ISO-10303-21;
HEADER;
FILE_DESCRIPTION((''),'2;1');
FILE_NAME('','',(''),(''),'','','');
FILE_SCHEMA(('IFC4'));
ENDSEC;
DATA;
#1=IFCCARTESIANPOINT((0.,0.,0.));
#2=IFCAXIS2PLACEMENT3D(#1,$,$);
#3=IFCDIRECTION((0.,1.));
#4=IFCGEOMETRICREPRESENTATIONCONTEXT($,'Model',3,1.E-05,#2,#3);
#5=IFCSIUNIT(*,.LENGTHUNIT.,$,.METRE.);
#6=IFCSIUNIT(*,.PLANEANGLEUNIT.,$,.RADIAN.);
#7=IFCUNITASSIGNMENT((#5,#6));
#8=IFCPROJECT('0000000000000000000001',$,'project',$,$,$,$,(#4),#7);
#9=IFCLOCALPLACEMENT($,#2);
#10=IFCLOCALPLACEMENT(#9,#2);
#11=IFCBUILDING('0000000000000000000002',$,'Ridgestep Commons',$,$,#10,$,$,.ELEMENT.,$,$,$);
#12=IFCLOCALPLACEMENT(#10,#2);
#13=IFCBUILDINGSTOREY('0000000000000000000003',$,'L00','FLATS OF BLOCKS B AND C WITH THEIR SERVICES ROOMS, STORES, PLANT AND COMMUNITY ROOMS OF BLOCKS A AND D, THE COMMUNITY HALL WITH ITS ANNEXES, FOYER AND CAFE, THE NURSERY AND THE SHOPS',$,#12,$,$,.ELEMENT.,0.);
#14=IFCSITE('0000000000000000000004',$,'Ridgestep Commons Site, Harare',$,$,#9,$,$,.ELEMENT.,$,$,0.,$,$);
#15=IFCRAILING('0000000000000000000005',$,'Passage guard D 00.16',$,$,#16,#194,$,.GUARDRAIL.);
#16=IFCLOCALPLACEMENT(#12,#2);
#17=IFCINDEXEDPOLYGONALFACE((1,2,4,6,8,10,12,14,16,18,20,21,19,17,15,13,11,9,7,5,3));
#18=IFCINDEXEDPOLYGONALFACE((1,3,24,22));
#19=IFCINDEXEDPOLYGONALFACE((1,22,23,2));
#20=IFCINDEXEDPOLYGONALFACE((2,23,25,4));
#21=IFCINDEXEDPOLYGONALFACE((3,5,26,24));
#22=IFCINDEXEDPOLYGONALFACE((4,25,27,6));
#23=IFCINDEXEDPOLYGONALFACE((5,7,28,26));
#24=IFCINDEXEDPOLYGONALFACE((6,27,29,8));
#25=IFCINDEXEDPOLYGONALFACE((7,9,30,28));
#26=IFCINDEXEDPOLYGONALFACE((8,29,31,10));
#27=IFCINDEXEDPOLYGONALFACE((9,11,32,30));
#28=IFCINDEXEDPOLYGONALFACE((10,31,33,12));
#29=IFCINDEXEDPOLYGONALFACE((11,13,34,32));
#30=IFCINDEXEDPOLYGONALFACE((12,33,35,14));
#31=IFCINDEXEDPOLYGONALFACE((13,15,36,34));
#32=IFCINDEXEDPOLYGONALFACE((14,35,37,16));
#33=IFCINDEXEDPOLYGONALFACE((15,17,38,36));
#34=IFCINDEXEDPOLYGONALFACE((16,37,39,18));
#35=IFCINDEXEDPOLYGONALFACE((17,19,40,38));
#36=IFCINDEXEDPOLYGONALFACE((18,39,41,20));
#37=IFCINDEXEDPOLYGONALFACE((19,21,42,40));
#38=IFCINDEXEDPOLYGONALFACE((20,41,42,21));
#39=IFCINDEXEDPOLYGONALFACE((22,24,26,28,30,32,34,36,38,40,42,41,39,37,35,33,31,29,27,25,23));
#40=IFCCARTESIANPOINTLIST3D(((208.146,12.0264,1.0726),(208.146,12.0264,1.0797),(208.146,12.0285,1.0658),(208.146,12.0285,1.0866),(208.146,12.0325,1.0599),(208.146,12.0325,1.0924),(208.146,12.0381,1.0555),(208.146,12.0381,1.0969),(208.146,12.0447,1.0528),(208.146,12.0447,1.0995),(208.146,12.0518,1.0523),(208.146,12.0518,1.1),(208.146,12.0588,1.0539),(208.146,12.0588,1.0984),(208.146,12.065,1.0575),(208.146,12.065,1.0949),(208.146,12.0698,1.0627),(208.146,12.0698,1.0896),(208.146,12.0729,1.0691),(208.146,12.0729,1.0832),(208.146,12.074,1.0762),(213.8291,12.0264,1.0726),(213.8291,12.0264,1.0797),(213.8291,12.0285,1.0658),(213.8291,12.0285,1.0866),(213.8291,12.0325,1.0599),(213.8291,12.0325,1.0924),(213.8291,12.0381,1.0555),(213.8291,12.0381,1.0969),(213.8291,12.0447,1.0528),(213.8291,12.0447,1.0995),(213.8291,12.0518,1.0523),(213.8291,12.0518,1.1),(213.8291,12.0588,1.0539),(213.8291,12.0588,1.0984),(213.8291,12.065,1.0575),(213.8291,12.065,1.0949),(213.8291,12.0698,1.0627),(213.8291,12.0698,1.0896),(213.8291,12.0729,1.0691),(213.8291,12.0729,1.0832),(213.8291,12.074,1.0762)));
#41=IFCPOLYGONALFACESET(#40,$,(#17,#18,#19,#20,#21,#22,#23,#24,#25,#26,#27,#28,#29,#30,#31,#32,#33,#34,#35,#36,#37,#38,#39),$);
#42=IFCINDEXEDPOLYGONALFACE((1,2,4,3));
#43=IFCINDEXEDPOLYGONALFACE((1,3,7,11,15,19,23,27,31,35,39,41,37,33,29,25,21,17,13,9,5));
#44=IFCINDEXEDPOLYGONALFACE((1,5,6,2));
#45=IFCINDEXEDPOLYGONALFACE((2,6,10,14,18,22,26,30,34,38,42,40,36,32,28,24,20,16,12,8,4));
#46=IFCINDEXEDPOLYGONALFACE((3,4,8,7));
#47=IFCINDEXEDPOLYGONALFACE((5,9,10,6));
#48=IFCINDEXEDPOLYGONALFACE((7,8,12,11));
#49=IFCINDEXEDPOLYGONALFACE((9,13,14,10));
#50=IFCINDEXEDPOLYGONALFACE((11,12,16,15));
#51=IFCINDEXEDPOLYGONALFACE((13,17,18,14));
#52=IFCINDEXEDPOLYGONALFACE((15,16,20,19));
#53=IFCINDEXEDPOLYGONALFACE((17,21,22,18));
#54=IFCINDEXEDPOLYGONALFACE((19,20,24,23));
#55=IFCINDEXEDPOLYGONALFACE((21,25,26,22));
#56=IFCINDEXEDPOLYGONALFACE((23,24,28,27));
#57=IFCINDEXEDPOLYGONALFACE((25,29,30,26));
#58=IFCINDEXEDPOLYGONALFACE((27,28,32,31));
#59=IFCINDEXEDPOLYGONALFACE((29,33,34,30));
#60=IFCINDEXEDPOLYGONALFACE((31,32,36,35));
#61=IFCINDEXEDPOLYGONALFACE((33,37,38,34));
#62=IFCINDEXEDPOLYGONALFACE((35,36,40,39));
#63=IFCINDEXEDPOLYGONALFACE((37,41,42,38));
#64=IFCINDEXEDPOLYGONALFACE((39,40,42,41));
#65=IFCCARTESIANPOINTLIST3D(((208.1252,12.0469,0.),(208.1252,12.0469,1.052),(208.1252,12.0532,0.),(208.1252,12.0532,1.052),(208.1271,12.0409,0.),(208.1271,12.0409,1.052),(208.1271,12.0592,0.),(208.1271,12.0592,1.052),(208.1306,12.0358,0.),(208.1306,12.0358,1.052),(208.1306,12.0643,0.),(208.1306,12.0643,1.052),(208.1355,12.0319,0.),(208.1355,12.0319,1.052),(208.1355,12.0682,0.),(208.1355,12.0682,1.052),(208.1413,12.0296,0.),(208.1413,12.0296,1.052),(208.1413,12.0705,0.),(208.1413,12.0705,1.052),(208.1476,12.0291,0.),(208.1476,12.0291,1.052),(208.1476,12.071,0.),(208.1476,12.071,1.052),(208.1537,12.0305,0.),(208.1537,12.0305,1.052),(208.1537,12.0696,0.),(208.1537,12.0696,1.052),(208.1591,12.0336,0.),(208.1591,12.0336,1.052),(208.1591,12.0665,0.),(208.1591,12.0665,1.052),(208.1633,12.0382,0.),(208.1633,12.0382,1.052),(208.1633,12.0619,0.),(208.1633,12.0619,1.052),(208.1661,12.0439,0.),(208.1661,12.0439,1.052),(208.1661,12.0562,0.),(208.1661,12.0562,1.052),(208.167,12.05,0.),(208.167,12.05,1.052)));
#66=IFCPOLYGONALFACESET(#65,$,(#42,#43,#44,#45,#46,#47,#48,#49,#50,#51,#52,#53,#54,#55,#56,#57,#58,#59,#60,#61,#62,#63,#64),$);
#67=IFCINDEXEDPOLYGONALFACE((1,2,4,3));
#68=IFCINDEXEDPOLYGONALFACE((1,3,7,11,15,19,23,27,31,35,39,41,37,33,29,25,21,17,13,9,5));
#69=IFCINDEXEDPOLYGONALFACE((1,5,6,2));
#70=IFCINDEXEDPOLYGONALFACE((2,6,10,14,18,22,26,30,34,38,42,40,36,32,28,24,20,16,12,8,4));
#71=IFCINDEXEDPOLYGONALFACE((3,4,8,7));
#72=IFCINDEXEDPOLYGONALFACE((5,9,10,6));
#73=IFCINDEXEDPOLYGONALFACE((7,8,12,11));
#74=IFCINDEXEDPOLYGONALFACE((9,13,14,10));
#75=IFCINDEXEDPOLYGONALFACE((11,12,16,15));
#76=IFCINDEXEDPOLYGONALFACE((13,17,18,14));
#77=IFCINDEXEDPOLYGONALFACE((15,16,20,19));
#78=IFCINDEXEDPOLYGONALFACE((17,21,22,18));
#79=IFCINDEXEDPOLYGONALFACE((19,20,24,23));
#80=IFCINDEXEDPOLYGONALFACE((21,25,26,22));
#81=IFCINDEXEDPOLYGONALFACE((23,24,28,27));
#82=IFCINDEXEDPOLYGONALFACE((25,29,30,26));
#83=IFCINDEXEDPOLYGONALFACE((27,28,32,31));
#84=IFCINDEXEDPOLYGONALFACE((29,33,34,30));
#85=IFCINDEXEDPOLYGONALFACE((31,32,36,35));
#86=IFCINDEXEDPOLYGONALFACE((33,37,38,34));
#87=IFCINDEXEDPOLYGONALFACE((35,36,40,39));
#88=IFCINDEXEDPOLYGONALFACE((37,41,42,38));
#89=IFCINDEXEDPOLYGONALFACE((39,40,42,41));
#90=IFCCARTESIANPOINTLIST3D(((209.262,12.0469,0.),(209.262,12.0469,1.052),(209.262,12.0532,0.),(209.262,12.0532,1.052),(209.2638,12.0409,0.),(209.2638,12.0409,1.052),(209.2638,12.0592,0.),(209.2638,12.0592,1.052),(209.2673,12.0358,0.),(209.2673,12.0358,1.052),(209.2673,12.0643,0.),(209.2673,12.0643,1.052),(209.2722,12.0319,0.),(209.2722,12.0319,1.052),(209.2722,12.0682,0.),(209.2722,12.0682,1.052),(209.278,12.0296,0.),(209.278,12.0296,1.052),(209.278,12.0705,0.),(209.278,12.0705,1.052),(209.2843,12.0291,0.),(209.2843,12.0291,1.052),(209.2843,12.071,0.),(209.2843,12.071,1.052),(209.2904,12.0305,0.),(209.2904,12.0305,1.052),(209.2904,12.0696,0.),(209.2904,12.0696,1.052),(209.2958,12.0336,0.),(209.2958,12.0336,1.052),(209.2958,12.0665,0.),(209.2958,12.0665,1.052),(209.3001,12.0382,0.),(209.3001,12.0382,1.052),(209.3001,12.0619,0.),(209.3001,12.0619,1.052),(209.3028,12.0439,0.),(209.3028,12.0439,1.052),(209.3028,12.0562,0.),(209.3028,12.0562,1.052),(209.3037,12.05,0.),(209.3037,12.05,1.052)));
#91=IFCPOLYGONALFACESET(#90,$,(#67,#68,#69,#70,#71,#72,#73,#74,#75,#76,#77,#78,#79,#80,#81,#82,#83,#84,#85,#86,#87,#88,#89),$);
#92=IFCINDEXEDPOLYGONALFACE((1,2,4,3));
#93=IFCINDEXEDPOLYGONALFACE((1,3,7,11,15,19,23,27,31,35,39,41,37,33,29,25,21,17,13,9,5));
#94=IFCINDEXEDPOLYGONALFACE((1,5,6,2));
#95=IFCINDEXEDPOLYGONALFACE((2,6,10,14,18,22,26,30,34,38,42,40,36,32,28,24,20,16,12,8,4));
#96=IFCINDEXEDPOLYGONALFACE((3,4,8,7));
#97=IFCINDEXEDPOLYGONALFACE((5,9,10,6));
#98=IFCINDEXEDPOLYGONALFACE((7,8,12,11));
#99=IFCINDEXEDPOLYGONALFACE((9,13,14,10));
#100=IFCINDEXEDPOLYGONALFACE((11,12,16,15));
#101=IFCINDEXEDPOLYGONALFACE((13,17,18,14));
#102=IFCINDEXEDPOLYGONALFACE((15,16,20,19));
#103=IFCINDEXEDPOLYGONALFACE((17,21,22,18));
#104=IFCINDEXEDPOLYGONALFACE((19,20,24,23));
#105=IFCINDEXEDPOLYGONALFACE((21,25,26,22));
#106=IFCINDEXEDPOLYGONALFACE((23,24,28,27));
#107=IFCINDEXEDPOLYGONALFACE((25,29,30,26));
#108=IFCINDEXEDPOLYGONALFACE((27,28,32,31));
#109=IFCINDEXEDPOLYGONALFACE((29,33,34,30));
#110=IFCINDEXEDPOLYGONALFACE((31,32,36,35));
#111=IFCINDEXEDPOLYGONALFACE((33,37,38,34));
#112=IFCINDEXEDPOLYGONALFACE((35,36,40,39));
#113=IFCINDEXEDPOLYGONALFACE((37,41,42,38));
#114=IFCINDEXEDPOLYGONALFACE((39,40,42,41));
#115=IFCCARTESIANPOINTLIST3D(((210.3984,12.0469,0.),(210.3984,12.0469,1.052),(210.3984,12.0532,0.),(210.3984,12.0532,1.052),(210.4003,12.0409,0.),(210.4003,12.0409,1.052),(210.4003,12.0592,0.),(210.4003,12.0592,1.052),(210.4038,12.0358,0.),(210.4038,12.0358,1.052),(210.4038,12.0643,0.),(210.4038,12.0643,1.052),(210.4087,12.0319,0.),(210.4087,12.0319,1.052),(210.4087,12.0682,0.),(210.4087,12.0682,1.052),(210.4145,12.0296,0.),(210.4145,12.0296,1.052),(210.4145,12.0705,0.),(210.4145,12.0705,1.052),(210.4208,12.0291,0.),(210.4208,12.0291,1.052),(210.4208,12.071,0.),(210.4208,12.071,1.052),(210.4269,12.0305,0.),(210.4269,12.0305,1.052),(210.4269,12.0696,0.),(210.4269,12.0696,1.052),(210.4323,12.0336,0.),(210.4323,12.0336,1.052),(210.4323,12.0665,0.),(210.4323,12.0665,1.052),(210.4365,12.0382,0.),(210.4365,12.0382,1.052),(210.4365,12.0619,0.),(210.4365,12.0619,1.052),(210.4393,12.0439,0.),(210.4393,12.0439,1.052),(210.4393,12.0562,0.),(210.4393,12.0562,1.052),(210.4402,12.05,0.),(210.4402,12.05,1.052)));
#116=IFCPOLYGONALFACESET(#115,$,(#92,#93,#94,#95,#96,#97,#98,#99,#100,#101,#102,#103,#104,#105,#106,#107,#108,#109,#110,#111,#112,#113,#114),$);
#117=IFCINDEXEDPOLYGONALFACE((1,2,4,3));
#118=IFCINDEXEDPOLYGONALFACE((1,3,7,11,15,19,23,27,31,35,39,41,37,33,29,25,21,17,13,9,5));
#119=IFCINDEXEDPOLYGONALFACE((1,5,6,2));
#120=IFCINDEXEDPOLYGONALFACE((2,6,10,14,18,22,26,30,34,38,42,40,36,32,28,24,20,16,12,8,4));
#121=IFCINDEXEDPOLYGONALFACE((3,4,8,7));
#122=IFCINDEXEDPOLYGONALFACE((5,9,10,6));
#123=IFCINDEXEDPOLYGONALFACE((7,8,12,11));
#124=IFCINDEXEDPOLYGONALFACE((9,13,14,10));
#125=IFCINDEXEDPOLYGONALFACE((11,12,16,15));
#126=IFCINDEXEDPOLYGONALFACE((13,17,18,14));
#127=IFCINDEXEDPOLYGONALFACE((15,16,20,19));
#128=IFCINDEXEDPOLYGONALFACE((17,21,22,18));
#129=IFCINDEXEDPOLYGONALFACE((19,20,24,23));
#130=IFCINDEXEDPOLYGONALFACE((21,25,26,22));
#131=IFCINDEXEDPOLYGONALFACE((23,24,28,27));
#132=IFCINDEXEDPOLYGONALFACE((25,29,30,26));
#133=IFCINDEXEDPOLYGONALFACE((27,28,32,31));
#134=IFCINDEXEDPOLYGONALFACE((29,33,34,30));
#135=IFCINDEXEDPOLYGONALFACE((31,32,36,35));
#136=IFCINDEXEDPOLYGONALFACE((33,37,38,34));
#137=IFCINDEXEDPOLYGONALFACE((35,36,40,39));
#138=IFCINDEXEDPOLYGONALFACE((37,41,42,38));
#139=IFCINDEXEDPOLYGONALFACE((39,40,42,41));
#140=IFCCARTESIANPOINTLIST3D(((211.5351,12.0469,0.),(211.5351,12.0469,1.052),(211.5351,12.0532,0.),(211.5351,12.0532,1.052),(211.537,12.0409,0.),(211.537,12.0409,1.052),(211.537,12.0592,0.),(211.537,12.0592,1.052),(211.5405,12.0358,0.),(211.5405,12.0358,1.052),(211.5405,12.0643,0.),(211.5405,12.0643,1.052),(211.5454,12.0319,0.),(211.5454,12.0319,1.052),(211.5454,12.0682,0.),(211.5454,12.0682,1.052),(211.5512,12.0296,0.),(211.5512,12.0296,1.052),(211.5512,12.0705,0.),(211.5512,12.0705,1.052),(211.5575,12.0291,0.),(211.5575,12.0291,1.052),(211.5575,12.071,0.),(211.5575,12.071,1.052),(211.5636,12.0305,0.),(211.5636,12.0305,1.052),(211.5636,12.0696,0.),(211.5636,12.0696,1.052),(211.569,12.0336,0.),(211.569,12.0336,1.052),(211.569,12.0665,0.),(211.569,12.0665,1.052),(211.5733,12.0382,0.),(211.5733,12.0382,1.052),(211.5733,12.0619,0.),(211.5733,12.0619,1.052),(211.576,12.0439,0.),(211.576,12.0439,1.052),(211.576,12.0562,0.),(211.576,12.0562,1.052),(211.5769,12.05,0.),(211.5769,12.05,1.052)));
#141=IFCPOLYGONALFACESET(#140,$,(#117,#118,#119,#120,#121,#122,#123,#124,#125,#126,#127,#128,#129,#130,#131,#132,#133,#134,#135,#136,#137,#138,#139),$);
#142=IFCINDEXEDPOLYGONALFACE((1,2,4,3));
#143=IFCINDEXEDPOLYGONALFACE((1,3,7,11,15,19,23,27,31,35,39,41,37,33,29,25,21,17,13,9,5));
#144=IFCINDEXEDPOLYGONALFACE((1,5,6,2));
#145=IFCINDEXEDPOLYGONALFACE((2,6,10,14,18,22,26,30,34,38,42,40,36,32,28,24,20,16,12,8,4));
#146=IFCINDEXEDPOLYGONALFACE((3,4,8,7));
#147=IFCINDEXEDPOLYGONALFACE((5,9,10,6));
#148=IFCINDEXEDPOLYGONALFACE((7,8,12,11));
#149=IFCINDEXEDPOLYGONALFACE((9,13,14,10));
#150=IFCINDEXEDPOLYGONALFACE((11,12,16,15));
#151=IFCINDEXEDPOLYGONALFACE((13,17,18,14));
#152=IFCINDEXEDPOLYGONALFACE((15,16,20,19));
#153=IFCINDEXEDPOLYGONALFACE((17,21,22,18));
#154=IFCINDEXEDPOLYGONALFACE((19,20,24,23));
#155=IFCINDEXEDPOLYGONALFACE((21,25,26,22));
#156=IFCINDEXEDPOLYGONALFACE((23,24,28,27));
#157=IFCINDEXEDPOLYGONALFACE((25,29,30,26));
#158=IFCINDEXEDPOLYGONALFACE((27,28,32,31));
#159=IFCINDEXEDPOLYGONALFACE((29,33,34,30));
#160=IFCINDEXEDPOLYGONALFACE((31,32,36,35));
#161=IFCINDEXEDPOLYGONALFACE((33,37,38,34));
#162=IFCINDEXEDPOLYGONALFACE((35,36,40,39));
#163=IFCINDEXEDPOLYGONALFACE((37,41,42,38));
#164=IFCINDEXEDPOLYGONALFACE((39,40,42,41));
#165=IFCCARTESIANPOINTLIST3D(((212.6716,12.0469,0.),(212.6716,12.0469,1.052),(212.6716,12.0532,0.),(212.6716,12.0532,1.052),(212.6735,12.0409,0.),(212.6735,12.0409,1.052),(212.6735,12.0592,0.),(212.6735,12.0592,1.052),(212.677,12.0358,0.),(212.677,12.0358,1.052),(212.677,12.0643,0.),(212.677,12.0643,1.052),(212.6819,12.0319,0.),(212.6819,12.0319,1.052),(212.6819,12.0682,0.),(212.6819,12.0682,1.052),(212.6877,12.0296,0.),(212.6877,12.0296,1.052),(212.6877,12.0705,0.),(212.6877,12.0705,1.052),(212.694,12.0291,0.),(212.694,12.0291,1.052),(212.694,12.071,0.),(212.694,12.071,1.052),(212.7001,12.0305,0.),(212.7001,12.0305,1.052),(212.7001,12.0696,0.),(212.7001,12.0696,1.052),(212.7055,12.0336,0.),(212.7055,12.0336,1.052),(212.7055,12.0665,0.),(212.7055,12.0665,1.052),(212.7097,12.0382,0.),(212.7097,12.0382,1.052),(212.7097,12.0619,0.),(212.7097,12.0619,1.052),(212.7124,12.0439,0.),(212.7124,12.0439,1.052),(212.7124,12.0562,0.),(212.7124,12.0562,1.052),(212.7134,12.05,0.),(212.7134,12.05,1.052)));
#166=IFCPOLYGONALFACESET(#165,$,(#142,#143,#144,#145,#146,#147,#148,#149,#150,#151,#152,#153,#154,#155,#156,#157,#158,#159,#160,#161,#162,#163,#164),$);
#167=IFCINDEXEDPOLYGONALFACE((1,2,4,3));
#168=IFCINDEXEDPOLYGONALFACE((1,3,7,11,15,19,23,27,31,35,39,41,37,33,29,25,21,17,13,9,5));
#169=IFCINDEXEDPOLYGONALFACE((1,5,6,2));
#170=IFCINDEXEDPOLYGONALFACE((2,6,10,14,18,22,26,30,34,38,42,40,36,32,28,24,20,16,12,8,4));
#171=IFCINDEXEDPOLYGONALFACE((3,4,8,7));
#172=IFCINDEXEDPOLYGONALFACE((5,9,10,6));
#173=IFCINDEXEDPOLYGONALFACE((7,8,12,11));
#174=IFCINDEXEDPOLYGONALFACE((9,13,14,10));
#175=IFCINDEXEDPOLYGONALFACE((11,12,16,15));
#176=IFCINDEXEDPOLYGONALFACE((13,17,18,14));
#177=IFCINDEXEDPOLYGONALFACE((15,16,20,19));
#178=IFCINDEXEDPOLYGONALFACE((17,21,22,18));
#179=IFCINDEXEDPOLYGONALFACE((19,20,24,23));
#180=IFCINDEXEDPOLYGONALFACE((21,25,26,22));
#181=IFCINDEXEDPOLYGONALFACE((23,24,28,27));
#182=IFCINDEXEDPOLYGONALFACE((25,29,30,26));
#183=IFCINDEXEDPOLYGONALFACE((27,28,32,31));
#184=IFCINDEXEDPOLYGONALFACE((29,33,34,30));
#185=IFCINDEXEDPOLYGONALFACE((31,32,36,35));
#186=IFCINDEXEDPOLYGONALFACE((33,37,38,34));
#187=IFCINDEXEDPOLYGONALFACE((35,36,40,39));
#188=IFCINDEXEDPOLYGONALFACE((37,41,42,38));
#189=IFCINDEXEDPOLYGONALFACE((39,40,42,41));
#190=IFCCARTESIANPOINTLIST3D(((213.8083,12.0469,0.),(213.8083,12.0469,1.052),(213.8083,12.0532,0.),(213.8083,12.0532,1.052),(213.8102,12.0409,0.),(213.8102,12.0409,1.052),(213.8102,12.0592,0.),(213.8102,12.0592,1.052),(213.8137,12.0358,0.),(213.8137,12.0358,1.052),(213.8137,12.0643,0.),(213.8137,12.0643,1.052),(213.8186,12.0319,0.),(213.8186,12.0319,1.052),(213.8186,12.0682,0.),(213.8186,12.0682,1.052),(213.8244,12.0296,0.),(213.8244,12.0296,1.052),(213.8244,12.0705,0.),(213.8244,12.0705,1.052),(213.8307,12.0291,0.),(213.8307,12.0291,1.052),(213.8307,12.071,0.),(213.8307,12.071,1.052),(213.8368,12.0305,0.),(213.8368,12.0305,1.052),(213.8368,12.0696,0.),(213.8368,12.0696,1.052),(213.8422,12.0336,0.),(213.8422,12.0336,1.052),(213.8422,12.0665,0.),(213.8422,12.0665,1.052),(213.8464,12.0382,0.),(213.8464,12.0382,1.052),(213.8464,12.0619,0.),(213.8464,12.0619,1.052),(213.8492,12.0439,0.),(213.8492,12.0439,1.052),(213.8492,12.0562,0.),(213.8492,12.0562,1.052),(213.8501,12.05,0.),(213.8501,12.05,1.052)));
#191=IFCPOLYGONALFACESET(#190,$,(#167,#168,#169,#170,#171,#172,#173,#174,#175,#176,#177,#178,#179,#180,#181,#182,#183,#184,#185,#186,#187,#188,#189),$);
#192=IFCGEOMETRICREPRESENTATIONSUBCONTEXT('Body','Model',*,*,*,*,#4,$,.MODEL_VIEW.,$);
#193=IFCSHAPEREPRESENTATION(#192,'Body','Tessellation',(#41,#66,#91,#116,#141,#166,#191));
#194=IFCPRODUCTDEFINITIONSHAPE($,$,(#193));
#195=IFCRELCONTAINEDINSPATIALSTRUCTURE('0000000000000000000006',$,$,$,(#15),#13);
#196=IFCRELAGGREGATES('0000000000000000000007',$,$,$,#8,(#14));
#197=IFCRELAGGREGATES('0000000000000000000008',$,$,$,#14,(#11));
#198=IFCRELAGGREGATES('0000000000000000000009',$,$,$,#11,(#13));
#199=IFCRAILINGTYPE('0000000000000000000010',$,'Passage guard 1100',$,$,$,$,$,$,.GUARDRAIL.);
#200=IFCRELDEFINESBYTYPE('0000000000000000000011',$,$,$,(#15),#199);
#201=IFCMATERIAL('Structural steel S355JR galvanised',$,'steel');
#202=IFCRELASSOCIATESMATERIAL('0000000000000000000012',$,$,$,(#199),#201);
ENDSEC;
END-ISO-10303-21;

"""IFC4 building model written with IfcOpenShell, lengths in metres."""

from ifc_helpers import new_model, si_unit, direction, frame, origin, origin_2d, place, context, subcontext, project, spatial, circle, extrude, material, type_object, element, save


model = new_model("IFC4")

# Units and contexts
model_context = context("Model", 3, precision=1e-05, world=origin(), true_north=direction((0.0, 1.0)))
body_context = subcontext(model_context, "Body", "Model", "MODEL_VIEW")
ifc_project = project(units=[si_unit("LENGTHUNIT", "METRE"), si_unit("PLANEANGLEUNIT", "RADIAN")], contexts=[model_context])

# Site, building, storey
site_placement = place(None, origin())
site = spatial("IfcSite", under=ifc_project, at=site_placement, Name="Ridgestep Commons Site, Harare", CompositionType="ELEMENT", RefElevation=0.0)
building_placement = place(site_placement, origin())
building = spatial("IfcBuilding", under=site, at=building_placement, Name="Ridgestep Commons", CompositionType="ELEMENT")
storey_placement = place(building_placement, origin())
storey = spatial("IfcBuildingStorey", under=building, at=storey_placement, Name="L00", Description="FLATS OF BLOCKS B AND C WITH THEIR SERVICES ROOMS, STORES, PLANT AND COMMUNITY ROOMS OF BLOCKS A AND D, THE COMMUNITY HALL WITH ITS ANNEXES, FOYER AND CAFE, THE NURSERY AND THE SHOPS", CompositionType="ELEMENT", Elevation=0.0)

# Railing
ifc_material_1 = material(Name="Structural steel S355JR galvanised", Category="steel")
railing_type = type_object("IfcRailingType", Name="Passage guard 1100", PredefinedType="GUARDRAIL", material=ifc_material_1)
railing_1_placement = place(storey_placement, frame((208.146, 12.05, 0.0)))
element("IfcRailing", 1, at=railing_1_placement, inside=storey, type_object=railing_type, Name="Passage guard D 00.16", PredefinedType="GUARDRAIL", context=body_context, shape_type="SweptSolid", body=[
    extrude(circle(Radius=0.0239, at=origin_2d()), frame((0.0, 0.0, 1.0762), z_axis=(1.0, 0.0, 0.0), x_axis=(0.0, 1.0, 0.0)), (0.0, 0.0, 1.0), 5.6831),
    extrude(circle(Radius=0.021, at=origin_2d()), origin(), (0.0, 0.0, 1.0), 1.052),
    extrude(circle(Radius=0.021, at=origin_2d()), frame((1.1367, 0.0, 0.0)), (0.0, 0.0, 1.0), 1.052),
    extrude(circle(Radius=0.021, at=origin_2d()), frame((2.2732, 0.0, 0.0)), (0.0, 0.0, 1.0), 1.052),
    extrude(circle(Radius=0.021, at=origin_2d()), frame((3.4099, 0.0, 0.0)), (0.0, 0.0, 1.0), 1.052),
    extrude(circle(Radius=0.021, at=origin_2d()), frame((4.5464, 0.0, 0.0)), (0.0, 0.0, 1.0), 1.052),
    extrude(circle(Radius=0.021, at=origin_2d()), frame((5.6831, 0.0, 0.0)), (0.0, 0.0, 1.0), 1.052),
])

save(model, "model.ifc")
